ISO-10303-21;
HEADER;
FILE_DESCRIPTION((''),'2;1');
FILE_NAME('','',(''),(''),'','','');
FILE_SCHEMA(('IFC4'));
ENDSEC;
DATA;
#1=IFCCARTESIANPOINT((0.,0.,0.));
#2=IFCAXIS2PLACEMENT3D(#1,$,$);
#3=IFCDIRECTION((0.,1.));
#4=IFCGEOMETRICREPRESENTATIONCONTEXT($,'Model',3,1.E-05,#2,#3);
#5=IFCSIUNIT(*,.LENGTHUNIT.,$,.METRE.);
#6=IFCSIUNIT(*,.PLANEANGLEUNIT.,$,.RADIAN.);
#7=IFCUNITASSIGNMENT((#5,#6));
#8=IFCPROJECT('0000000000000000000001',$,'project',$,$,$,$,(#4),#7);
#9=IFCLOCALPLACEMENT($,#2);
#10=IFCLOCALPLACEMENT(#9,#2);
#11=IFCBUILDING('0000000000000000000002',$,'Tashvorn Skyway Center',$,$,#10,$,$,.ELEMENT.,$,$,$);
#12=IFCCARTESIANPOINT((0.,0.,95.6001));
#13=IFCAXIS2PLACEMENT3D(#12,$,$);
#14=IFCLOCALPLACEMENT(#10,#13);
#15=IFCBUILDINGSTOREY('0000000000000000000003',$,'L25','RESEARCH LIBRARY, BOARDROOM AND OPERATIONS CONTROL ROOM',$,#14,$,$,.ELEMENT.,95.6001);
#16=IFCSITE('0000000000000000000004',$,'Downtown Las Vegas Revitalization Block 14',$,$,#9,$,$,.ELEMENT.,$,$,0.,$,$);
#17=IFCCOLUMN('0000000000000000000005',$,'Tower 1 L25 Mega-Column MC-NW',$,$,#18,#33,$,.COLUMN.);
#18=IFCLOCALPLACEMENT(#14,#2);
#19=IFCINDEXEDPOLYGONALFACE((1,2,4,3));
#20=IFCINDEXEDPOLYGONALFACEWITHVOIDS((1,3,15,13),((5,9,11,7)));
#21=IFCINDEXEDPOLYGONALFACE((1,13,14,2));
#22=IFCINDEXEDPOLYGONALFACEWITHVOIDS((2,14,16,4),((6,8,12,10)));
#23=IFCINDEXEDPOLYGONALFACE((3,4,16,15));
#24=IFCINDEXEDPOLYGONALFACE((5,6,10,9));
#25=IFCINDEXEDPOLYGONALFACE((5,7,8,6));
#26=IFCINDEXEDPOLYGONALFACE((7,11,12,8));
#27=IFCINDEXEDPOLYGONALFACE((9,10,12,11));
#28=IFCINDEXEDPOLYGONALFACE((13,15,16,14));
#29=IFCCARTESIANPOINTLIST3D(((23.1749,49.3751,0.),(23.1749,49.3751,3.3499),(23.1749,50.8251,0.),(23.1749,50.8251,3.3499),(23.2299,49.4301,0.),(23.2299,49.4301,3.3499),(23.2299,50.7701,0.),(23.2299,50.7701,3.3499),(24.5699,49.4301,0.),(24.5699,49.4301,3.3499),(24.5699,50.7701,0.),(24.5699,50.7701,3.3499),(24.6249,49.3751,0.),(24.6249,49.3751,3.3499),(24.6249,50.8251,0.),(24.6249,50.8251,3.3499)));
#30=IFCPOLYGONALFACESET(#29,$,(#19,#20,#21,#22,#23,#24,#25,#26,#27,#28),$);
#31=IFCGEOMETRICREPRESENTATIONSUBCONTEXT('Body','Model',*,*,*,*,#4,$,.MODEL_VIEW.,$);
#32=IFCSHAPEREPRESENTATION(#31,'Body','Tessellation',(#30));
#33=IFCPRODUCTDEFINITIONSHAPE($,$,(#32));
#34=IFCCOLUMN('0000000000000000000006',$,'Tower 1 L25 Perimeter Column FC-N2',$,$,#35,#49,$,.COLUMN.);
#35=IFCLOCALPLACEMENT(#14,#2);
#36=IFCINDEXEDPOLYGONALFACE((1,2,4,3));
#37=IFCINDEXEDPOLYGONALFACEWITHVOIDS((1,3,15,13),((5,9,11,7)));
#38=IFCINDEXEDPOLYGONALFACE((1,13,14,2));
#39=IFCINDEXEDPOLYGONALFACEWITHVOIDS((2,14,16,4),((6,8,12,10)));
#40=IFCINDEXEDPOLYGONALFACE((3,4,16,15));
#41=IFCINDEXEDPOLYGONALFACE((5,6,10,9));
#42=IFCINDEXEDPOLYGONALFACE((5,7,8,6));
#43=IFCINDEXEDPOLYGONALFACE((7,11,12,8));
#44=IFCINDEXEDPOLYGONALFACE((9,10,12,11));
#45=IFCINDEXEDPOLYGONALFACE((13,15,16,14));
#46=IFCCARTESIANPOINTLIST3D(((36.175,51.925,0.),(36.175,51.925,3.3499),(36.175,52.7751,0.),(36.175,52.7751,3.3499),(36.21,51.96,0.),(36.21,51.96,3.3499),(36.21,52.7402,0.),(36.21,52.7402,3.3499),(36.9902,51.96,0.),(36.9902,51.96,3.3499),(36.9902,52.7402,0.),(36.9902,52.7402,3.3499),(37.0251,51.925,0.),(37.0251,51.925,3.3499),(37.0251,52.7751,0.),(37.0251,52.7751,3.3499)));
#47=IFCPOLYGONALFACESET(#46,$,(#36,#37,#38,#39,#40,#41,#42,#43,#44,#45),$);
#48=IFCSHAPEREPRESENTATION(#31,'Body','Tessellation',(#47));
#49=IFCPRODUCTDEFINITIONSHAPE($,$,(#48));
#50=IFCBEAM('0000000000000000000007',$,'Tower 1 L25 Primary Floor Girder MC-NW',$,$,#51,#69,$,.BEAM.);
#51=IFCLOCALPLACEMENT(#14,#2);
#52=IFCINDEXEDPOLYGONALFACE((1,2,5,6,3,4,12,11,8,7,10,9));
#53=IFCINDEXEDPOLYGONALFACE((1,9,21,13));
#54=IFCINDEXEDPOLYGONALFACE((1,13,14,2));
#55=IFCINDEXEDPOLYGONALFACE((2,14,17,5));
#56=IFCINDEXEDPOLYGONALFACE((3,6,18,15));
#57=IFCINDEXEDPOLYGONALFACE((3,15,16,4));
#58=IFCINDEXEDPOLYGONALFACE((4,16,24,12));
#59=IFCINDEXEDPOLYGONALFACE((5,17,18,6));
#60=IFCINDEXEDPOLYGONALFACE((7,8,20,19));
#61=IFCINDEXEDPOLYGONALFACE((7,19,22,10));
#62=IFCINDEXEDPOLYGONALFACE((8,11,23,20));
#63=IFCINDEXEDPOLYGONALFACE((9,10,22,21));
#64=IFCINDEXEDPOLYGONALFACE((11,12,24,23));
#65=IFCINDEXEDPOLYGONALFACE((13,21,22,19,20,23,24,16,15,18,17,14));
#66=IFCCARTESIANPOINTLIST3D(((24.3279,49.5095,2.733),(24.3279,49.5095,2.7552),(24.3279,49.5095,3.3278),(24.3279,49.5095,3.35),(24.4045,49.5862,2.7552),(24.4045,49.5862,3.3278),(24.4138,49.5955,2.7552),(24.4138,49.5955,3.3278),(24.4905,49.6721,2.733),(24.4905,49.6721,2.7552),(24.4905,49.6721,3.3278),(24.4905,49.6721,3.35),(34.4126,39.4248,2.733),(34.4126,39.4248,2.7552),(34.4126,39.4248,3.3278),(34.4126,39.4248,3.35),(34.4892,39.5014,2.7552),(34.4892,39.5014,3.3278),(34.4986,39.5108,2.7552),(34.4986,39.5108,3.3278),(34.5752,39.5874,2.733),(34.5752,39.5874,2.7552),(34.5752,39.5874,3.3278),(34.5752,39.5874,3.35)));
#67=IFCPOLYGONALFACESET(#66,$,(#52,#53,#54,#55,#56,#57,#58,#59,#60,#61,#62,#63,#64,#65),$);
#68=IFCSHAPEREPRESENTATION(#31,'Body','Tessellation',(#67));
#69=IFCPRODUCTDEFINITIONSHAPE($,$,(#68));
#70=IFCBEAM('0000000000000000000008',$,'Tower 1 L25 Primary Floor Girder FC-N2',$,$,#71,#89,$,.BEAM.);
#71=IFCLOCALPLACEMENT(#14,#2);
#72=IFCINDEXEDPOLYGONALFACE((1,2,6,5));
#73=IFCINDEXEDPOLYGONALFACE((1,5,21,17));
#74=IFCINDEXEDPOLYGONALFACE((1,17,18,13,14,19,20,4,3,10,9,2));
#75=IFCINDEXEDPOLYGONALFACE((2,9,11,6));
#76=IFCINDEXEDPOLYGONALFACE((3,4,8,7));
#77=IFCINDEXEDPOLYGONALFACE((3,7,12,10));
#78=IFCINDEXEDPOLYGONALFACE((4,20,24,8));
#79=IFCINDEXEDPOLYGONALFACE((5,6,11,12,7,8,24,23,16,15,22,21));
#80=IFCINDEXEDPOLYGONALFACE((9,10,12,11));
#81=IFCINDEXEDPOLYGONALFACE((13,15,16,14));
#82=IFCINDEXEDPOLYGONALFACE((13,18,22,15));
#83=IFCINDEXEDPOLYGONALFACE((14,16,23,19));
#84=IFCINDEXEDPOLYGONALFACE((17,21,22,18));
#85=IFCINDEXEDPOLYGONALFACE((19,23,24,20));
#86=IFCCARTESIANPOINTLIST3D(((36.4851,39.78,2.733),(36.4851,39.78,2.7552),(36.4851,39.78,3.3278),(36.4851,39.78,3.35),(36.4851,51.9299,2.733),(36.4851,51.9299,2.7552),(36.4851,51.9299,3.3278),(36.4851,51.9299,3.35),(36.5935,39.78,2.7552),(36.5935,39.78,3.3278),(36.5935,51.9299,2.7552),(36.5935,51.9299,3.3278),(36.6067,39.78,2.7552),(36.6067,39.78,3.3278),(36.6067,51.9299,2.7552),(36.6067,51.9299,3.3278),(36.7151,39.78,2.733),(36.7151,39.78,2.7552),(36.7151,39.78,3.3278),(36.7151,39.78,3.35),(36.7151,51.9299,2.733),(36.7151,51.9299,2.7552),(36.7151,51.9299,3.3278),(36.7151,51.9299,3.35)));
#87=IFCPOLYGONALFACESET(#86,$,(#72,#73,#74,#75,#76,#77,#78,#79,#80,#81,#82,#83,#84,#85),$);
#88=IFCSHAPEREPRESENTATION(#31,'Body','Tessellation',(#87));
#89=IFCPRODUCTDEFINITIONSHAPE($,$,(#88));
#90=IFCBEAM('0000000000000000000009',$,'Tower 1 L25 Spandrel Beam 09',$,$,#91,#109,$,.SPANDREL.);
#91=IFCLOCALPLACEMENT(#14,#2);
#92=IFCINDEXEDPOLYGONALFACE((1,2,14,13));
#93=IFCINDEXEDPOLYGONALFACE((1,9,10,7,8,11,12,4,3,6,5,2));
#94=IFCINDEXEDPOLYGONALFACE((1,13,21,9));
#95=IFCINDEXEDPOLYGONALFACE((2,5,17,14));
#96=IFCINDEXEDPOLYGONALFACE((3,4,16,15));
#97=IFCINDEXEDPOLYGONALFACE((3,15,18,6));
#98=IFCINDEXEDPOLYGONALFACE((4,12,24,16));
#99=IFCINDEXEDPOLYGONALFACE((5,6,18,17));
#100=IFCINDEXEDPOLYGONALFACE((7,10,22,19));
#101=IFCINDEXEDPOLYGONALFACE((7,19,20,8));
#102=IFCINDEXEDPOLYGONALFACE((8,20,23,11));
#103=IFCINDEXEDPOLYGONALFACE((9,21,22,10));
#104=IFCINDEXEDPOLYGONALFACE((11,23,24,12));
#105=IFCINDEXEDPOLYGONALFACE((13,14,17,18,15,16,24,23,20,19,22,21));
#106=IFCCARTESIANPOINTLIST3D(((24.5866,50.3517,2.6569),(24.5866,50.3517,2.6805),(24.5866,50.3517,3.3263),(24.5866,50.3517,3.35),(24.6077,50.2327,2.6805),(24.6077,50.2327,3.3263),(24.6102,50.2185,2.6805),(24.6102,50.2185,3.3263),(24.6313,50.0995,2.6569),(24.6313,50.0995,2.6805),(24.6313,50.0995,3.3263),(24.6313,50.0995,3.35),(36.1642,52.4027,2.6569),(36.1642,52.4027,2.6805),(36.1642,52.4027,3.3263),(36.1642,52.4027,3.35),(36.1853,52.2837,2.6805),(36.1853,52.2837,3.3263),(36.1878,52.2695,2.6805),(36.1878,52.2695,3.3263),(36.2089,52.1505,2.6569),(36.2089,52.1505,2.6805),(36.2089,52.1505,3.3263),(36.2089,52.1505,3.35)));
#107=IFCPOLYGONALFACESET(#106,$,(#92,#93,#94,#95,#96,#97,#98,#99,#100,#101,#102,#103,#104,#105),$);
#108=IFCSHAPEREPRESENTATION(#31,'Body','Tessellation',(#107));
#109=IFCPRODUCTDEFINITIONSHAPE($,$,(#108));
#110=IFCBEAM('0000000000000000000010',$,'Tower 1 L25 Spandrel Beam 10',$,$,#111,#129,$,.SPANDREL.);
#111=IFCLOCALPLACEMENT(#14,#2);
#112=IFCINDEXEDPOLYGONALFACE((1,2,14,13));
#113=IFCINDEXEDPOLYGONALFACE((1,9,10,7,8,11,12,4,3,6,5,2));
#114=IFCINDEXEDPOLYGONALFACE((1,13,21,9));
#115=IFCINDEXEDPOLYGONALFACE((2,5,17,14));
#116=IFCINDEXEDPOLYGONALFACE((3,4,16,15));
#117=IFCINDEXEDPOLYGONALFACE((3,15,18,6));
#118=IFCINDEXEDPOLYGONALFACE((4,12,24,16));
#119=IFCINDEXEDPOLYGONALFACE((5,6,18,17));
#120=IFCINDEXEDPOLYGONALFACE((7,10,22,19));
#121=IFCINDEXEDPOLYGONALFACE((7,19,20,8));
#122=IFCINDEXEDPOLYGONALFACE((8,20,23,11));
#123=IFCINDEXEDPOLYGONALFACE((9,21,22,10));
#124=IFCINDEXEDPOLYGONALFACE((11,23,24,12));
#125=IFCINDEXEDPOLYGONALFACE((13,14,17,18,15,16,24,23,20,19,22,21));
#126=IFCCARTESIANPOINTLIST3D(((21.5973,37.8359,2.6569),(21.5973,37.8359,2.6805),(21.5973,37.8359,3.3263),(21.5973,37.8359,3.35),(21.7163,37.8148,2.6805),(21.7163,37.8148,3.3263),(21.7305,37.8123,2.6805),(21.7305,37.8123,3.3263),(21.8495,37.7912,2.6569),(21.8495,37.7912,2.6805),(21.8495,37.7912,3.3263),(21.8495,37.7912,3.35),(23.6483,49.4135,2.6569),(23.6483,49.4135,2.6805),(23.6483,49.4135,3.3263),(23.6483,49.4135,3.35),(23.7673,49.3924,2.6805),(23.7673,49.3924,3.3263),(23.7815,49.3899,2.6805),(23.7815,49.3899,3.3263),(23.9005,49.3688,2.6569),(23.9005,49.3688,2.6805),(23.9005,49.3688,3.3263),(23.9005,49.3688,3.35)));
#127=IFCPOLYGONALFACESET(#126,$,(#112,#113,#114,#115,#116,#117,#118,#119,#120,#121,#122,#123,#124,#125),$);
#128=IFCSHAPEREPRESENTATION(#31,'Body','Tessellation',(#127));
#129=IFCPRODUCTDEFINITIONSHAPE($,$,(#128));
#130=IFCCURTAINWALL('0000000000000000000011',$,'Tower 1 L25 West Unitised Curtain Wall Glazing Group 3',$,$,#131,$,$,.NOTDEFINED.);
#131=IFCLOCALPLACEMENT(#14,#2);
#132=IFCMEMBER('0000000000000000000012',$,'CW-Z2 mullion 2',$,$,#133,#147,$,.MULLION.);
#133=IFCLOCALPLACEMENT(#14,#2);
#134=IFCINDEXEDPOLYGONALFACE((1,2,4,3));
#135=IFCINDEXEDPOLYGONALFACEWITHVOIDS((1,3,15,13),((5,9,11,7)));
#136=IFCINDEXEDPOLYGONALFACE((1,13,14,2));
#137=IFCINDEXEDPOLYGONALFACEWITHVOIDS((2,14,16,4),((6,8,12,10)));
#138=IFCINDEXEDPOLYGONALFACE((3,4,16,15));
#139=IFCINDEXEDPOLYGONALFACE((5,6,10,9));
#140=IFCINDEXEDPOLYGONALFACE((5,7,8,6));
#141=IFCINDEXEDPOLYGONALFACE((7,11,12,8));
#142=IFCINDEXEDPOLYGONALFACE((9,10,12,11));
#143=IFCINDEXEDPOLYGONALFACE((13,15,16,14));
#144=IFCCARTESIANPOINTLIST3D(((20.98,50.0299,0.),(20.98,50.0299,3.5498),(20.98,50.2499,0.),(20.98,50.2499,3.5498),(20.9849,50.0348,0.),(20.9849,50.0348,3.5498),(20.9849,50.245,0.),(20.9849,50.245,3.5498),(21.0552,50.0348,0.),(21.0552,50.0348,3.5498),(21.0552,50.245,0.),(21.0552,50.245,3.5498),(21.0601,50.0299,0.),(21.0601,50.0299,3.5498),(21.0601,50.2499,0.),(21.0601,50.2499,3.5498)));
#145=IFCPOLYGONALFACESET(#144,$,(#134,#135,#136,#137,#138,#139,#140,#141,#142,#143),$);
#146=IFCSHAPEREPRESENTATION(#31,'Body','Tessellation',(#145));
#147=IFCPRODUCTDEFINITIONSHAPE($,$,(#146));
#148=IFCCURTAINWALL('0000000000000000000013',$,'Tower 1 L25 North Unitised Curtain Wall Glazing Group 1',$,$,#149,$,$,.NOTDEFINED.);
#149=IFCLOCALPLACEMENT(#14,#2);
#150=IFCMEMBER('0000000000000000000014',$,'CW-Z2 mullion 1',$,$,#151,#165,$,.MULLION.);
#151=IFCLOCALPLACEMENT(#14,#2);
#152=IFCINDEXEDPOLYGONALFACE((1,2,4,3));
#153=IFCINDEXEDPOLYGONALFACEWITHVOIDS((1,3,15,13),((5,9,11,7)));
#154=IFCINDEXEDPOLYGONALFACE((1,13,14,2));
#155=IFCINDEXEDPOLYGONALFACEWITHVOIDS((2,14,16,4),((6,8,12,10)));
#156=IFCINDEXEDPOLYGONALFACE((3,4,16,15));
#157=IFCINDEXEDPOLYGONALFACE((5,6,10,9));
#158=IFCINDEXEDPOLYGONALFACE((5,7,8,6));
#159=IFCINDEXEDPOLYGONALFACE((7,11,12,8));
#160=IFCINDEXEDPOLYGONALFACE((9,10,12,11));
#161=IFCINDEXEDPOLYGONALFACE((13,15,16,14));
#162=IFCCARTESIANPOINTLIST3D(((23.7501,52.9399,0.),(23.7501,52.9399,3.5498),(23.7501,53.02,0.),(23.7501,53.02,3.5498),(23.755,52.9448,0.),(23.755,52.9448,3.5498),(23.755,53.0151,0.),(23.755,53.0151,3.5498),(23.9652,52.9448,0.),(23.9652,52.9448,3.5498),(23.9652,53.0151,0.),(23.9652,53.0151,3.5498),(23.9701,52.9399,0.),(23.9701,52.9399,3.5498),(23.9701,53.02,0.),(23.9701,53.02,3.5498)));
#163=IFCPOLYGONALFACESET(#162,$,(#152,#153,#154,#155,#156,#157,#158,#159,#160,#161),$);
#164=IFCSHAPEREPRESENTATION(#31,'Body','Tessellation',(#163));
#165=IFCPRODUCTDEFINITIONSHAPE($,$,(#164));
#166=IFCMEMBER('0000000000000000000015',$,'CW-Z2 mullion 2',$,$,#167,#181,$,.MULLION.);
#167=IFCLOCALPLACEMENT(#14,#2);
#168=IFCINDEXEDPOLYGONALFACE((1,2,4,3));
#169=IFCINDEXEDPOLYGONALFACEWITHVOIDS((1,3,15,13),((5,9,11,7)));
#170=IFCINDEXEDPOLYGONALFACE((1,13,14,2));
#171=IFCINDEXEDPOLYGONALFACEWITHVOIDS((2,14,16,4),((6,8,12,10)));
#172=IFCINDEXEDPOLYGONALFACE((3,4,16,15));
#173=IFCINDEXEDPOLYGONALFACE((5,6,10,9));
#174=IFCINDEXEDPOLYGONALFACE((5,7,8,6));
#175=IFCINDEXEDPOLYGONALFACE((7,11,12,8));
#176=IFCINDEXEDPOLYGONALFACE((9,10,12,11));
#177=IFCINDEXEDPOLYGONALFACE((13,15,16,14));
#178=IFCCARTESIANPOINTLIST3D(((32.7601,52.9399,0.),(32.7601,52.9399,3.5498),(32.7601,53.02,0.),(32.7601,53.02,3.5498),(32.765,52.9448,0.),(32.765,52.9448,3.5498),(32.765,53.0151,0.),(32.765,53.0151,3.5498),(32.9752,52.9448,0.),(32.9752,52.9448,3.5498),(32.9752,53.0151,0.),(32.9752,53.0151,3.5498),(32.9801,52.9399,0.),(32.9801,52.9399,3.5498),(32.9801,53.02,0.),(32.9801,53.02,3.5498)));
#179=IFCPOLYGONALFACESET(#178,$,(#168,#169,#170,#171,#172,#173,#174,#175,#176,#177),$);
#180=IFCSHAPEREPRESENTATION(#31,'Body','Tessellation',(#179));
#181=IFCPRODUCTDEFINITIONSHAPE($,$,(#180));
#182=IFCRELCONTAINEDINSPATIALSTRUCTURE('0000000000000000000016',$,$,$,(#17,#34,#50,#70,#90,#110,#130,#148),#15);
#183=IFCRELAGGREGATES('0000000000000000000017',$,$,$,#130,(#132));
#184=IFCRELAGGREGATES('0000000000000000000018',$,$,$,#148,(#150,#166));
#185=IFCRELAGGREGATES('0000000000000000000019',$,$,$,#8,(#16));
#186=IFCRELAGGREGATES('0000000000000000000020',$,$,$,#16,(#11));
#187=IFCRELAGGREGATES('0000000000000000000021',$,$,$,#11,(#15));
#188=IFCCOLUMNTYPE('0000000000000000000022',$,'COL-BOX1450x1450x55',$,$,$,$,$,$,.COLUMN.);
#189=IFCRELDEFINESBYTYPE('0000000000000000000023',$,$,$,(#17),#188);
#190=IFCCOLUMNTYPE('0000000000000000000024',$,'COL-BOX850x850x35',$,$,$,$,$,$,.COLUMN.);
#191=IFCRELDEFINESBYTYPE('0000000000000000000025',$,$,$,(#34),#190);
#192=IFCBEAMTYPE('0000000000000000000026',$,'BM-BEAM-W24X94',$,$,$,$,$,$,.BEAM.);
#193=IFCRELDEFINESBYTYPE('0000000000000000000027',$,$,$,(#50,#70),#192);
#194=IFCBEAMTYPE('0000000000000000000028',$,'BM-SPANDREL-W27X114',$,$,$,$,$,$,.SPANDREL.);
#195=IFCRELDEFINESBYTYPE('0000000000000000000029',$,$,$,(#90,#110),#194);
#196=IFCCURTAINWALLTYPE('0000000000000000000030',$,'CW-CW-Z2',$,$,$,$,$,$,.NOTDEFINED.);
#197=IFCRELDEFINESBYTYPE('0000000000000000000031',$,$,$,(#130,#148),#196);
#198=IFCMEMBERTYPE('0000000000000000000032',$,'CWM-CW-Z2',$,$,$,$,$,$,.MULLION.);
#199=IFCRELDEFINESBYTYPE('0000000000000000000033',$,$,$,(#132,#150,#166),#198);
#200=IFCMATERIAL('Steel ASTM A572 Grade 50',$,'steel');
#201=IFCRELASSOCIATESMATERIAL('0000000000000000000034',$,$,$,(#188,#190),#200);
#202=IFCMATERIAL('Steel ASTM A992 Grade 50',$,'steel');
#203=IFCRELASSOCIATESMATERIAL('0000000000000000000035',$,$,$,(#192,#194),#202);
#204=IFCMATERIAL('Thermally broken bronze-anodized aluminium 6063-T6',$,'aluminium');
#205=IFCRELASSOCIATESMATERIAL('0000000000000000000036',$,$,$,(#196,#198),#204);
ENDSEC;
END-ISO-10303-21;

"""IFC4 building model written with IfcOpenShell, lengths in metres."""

from ifc_helpers import new_model, si_unit, direction, frame, origin, origin_2d, place, context, subcontext, project, spatial, hollow_rectangle, i_section, extrude, material, material_profile, profile_set, type_object, element, aggregate, save


model = new_model("IFC4")

# Units and contexts
model_context = context("Model", 3, precision=1e-05, world=origin(), true_north=direction((0.0, 1.0)))
body_context = subcontext(model_context, "Body", "Model", "MODEL_VIEW")
ifc_project = project(units=[si_unit("LENGTHUNIT", "METRE"), si_unit("PLANEANGLEUNIT", "RADIAN")], contexts=[model_context])

# Site, building, storey
site_placement = place(None, origin())
site = spatial("IfcSite", under=ifc_project, at=site_placement, Name="Downtown Las Vegas Revitalization Block 14", CompositionType="ELEMENT", RefElevation=0.0)
building_placement = place(site_placement, origin())
building = spatial("IfcBuilding", under=site, at=building_placement, Name="Tashvorn Skyway Center", CompositionType="ELEMENT")
storey_placement = place(building_placement, frame((0.0, 0.0, 95.6001)))
storey = spatial("IfcBuildingStorey", under=building, at=storey_placement, Name="L25", Description="RESEARCH LIBRARY, BOARDROOM AND OPERATIONS CONTROL ROOM", CompositionType="ELEMENT", Elevation=95.6001)

# Columns
ifc_material_1 = material(Name="Steel ASTM A572 Grade 50", Category="steel")
ifc_material_profile_1 = material_profile(ifc_material_1, hollow_rectangle(XDim=1.45, YDim=1.45, WallThickness=0.0549, at=origin_2d()), Name="BOX1450x1450x55")
ifc_profile_set_1 = profile_set([ifc_material_profile_1], Name="Steel ASTM A572 Grade 50")
column_type_1 = type_object("IfcColumnType", Name="COL-BOX1450x1450x55", PredefinedType="COLUMN", material=ifc_profile_set_1)
column_1_placement = place(storey_placement, frame((23.8999, 50.1001, 0.0), z_axis=(0.0, 0.0, 1.0), x_axis=(1.0, 0.0, 0.0)))
element("IfcColumn", 1, at=column_1_placement, inside=storey, type_object=column_type_1, Name="Tower 1 L25 Mega-Column MC-NW", PredefinedType="COLUMN", context=body_context, shape_type="SweptSolid", body=[
    extrude(hollow_rectangle(XDim=1.45, YDim=1.45, WallThickness=0.0549, at=origin_2d()), origin(), (0.0, 0.0, 1.0), 3.3499),
])
ifc_material_profile_2 = material_profile(ifc_material_1, hollow_rectangle(XDim=0.8501, YDim=0.8501, WallThickness=0.0349, at=origin_2d()), Name="BOX850x850x35")
ifc_profile_set_2 = profile_set([ifc_material_profile_2], Name="Steel ASTM A572 Grade 50")
column_type_2 = type_object("IfcColumnType", Name="COL-BOX850x850x35", PredefinedType="COLUMN", material=ifc_profile_set_2)
column_2_placement = place(storey_placement, frame((36.6001, 52.3501, 0.0), z_axis=(0.0, 0.0, 1.0), x_axis=(1.0, 0.0, 0.0)))
element("IfcColumn", 2, at=column_2_placement, inside=storey, type_object=column_type_2, Name="Tower 1 L25 Perimeter Column FC-N2", PredefinedType="COLUMN", context=body_context, shape_type="SweptSolid", body=[
    extrude(hollow_rectangle(XDim=0.8501, YDim=0.8501, WallThickness=0.0349, at=origin_2d()), origin(), (0.0, 0.0, 1.0), 3.3499),
])

# Beams
ifc_material_2 = material(Name="Steel ASTM A992 Grade 50", Category="steel")
ifc_material_profile_3 = material_profile(ifc_material_2, i_section(OverallWidth=0.23, OverallDepth=0.6169, WebThickness=0.0132, FlangeThickness=0.0222, at=origin_2d()), Name="W24X94")
ifc_profile_set_3 = profile_set([ifc_material_profile_3], Name="Steel ASTM A992 Grade 50")
beam_type_1 = type_object("IfcBeamType", Name="BM-BEAM-W24X94", PredefinedType="BEAM", material=ifc_profile_set_3)
beam_1_placement = place(storey_placement, frame((24.4092, 49.5908, 3.0415), z_axis=(0.707107, -0.707107, 0.0), x_axis=(0.707107, 0.707107, 0.0)))
element("IfcBeam", 3, at=beam_1_placement, inside=storey, type_object=beam_type_1, Name="Tower 1 L25 Primary Floor Girder MC-NW", PredefinedType="BEAM", context=body_context, shape_type="SweptSolid", body=[
    extrude(i_section(OverallWidth=0.23, OverallDepth=0.6169, WebThickness=0.0132, FlangeThickness=0.0222, at=origin_2d()), origin(), (0.0, 0.0, 1.0), 14.262),
])
beam_2_placement = place(storey_placement, frame((36.6001, 51.9299, 3.0415), z_axis=(0.0, -1.0, 0.0), x_axis=(1.0, 0.0, 0.0)))
element("IfcBeam", 4, at=beam_2_placement, inside=storey, type_object=beam_type_1, Name="Tower 1 L25 Primary Floor Girder FC-N2", PredefinedType="BEAM", context=body_context, shape_type="SweptSolid", body=[
    extrude(i_section(OverallWidth=0.23, OverallDepth=0.6169, WebThickness=0.0132, FlangeThickness=0.0222, at=origin_2d()), origin(), (0.0, 0.0, 1.0), 12.1499),
])
ifc_material_profile_4 = material_profile(ifc_material_2, i_section(OverallWidth=0.2561, OverallDepth=0.6931, WebThickness=0.0144, FlangeThickness=0.0237, at=origin_2d()), Name="W27X114")
ifc_profile_set_4 = profile_set([ifc_material_profile_4], Name="Steel ASTM A992 Grade 50")
beam_type_2 = type_object("IfcBeamType", Name="BM-SPANDREL-W27X114", PredefinedType="SPANDREL", material=ifc_profile_set_4)
for number, where, z_axis, x_axis, name in (
    (5, (36.1865, 52.2766, 3.0034), (-0.984668, -0.174438, 0.0), (0.174438, -0.984668, 0.0), "Tower 1 L25 Spandrel Beam 09"),
    (6, (23.7744, 49.3911, 3.0034), (-0.174438, -0.984668, 0.0), (0.984668, -0.174438, 0.0), "Tower 1 L25 Spandrel Beam 10"),
):
    element("IfcBeam", number, at=place(storey_placement, frame(where, z_axis=z_axis, x_axis=x_axis)), inside=storey, type_object=beam_type_2, Name=name, PredefinedType="SPANDREL", context=body_context, shape_type="SweptSolid", body=[
        extrude(i_section(OverallWidth=0.2561, OverallDepth=0.6931, WebThickness=0.0144, FlangeThickness=0.0237, at=origin_2d()), origin(), (0.0, 0.0, 1.0), 11.7578),
    ])

# Curtain wall, member
ifc_material_3 = material(Name="Thermally broken bronze-anodized aluminium 6063-T6", Category="aluminium")
curtain_wall_type = type_object("IfcCurtainWallType", Name="CW-CW-Z2", PredefinedType="NOTDEFINED", material=ifc_material_3)
curtain_wall_1_placement = place(storey_placement, origin())
curtain_wall_1 = element("IfcCurtainWall", 7, at=curtain_wall_1_placement, inside=storey, type_object=curtain_wall_type, Name="Tower 1 L25 West Unitised Curtain Wall Glazing Group 3", PredefinedType="NOTDEFINED")
ifc_material_profile_5 = material_profile(ifc_material_3, hollow_rectangle(XDim=0.0801, YDim=0.22, WallThickness=0.0049, at=origin_2d()), Name="ALU-MULL-80x220")
ifc_profile_set_5 = profile_set([ifc_material_profile_5], Name="Thermally broken bronze-anodized aluminium 6063-T6")
member_type_1 = type_object("IfcMemberType", Name="CWM-CW-Z2", PredefinedType="MULLION", material=ifc_profile_set_5)
member_1_placement = place(storey_placement, frame((21.02, 50.1399, 0.0), z_axis=(0.0, 0.0, 1.0), x_axis=(-1.0, 0.0, 0.0)))
member_1 = element("IfcMember", 8, at=member_1_placement, type_object=member_type_1, Name="CW-Z2 mullion 2", PredefinedType="MULLION", context=body_context, shape_type="SweptSolid", body=[
    extrude(hollow_rectangle(XDim=0.0801, YDim=0.22, WallThickness=0.0049, at=origin_2d()), origin(), (0.0, 0.0, 1.0), 3.5498),
])

# Curtain wall, members
curtain_wall_2_placement = place(storey_placement, origin())
curtain_wall_2 = element("IfcCurtainWall", 9, at=curtain_wall_2_placement, inside=storey, type_object=curtain_wall_type, Name="Tower 1 L25 North Unitised Curtain Wall Glazing Group 1", PredefinedType="NOTDEFINED")
member_2_placement = place(storey_placement, frame((23.8601, 52.98, 0.0), z_axis=(0.0, 0.0, 1.0), x_axis=(0.0, 1.0, 0.0)))
member_2 = element("IfcMember", 10, at=member_2_placement, type_object=member_type_1, Name="CW-Z2 mullion 1", PredefinedType="MULLION", context=body_context, shape_type="SweptSolid", body=[
    extrude(hollow_rectangle(XDim=0.0801, YDim=0.22, WallThickness=0.0049, at=origin_2d()), origin(), (0.0, 0.0, 1.0), 3.5498),
])
member_3_placement = place(storey_placement, frame((32.8701, 52.98, 0.0), z_axis=(0.0, 0.0, 1.0), x_axis=(0.0, 1.0, 0.0)))
member_3 = element("IfcMember", 11, at=member_3_placement, type_object=member_type_1, Name="CW-Z2 mullion 2", PredefinedType="MULLION", context=body_context, shape_type="SweptSolid", body=[
    extrude(hollow_rectangle(XDim=0.0801, YDim=0.22, WallThickness=0.0049, at=origin_2d()), origin(), (0.0, 0.0, 1.0), 3.5498),
])

aggregate(curtain_wall_1, [member_1])
aggregate(curtain_wall_2, [member_2, member_3])

save(model, "model.ifc")
